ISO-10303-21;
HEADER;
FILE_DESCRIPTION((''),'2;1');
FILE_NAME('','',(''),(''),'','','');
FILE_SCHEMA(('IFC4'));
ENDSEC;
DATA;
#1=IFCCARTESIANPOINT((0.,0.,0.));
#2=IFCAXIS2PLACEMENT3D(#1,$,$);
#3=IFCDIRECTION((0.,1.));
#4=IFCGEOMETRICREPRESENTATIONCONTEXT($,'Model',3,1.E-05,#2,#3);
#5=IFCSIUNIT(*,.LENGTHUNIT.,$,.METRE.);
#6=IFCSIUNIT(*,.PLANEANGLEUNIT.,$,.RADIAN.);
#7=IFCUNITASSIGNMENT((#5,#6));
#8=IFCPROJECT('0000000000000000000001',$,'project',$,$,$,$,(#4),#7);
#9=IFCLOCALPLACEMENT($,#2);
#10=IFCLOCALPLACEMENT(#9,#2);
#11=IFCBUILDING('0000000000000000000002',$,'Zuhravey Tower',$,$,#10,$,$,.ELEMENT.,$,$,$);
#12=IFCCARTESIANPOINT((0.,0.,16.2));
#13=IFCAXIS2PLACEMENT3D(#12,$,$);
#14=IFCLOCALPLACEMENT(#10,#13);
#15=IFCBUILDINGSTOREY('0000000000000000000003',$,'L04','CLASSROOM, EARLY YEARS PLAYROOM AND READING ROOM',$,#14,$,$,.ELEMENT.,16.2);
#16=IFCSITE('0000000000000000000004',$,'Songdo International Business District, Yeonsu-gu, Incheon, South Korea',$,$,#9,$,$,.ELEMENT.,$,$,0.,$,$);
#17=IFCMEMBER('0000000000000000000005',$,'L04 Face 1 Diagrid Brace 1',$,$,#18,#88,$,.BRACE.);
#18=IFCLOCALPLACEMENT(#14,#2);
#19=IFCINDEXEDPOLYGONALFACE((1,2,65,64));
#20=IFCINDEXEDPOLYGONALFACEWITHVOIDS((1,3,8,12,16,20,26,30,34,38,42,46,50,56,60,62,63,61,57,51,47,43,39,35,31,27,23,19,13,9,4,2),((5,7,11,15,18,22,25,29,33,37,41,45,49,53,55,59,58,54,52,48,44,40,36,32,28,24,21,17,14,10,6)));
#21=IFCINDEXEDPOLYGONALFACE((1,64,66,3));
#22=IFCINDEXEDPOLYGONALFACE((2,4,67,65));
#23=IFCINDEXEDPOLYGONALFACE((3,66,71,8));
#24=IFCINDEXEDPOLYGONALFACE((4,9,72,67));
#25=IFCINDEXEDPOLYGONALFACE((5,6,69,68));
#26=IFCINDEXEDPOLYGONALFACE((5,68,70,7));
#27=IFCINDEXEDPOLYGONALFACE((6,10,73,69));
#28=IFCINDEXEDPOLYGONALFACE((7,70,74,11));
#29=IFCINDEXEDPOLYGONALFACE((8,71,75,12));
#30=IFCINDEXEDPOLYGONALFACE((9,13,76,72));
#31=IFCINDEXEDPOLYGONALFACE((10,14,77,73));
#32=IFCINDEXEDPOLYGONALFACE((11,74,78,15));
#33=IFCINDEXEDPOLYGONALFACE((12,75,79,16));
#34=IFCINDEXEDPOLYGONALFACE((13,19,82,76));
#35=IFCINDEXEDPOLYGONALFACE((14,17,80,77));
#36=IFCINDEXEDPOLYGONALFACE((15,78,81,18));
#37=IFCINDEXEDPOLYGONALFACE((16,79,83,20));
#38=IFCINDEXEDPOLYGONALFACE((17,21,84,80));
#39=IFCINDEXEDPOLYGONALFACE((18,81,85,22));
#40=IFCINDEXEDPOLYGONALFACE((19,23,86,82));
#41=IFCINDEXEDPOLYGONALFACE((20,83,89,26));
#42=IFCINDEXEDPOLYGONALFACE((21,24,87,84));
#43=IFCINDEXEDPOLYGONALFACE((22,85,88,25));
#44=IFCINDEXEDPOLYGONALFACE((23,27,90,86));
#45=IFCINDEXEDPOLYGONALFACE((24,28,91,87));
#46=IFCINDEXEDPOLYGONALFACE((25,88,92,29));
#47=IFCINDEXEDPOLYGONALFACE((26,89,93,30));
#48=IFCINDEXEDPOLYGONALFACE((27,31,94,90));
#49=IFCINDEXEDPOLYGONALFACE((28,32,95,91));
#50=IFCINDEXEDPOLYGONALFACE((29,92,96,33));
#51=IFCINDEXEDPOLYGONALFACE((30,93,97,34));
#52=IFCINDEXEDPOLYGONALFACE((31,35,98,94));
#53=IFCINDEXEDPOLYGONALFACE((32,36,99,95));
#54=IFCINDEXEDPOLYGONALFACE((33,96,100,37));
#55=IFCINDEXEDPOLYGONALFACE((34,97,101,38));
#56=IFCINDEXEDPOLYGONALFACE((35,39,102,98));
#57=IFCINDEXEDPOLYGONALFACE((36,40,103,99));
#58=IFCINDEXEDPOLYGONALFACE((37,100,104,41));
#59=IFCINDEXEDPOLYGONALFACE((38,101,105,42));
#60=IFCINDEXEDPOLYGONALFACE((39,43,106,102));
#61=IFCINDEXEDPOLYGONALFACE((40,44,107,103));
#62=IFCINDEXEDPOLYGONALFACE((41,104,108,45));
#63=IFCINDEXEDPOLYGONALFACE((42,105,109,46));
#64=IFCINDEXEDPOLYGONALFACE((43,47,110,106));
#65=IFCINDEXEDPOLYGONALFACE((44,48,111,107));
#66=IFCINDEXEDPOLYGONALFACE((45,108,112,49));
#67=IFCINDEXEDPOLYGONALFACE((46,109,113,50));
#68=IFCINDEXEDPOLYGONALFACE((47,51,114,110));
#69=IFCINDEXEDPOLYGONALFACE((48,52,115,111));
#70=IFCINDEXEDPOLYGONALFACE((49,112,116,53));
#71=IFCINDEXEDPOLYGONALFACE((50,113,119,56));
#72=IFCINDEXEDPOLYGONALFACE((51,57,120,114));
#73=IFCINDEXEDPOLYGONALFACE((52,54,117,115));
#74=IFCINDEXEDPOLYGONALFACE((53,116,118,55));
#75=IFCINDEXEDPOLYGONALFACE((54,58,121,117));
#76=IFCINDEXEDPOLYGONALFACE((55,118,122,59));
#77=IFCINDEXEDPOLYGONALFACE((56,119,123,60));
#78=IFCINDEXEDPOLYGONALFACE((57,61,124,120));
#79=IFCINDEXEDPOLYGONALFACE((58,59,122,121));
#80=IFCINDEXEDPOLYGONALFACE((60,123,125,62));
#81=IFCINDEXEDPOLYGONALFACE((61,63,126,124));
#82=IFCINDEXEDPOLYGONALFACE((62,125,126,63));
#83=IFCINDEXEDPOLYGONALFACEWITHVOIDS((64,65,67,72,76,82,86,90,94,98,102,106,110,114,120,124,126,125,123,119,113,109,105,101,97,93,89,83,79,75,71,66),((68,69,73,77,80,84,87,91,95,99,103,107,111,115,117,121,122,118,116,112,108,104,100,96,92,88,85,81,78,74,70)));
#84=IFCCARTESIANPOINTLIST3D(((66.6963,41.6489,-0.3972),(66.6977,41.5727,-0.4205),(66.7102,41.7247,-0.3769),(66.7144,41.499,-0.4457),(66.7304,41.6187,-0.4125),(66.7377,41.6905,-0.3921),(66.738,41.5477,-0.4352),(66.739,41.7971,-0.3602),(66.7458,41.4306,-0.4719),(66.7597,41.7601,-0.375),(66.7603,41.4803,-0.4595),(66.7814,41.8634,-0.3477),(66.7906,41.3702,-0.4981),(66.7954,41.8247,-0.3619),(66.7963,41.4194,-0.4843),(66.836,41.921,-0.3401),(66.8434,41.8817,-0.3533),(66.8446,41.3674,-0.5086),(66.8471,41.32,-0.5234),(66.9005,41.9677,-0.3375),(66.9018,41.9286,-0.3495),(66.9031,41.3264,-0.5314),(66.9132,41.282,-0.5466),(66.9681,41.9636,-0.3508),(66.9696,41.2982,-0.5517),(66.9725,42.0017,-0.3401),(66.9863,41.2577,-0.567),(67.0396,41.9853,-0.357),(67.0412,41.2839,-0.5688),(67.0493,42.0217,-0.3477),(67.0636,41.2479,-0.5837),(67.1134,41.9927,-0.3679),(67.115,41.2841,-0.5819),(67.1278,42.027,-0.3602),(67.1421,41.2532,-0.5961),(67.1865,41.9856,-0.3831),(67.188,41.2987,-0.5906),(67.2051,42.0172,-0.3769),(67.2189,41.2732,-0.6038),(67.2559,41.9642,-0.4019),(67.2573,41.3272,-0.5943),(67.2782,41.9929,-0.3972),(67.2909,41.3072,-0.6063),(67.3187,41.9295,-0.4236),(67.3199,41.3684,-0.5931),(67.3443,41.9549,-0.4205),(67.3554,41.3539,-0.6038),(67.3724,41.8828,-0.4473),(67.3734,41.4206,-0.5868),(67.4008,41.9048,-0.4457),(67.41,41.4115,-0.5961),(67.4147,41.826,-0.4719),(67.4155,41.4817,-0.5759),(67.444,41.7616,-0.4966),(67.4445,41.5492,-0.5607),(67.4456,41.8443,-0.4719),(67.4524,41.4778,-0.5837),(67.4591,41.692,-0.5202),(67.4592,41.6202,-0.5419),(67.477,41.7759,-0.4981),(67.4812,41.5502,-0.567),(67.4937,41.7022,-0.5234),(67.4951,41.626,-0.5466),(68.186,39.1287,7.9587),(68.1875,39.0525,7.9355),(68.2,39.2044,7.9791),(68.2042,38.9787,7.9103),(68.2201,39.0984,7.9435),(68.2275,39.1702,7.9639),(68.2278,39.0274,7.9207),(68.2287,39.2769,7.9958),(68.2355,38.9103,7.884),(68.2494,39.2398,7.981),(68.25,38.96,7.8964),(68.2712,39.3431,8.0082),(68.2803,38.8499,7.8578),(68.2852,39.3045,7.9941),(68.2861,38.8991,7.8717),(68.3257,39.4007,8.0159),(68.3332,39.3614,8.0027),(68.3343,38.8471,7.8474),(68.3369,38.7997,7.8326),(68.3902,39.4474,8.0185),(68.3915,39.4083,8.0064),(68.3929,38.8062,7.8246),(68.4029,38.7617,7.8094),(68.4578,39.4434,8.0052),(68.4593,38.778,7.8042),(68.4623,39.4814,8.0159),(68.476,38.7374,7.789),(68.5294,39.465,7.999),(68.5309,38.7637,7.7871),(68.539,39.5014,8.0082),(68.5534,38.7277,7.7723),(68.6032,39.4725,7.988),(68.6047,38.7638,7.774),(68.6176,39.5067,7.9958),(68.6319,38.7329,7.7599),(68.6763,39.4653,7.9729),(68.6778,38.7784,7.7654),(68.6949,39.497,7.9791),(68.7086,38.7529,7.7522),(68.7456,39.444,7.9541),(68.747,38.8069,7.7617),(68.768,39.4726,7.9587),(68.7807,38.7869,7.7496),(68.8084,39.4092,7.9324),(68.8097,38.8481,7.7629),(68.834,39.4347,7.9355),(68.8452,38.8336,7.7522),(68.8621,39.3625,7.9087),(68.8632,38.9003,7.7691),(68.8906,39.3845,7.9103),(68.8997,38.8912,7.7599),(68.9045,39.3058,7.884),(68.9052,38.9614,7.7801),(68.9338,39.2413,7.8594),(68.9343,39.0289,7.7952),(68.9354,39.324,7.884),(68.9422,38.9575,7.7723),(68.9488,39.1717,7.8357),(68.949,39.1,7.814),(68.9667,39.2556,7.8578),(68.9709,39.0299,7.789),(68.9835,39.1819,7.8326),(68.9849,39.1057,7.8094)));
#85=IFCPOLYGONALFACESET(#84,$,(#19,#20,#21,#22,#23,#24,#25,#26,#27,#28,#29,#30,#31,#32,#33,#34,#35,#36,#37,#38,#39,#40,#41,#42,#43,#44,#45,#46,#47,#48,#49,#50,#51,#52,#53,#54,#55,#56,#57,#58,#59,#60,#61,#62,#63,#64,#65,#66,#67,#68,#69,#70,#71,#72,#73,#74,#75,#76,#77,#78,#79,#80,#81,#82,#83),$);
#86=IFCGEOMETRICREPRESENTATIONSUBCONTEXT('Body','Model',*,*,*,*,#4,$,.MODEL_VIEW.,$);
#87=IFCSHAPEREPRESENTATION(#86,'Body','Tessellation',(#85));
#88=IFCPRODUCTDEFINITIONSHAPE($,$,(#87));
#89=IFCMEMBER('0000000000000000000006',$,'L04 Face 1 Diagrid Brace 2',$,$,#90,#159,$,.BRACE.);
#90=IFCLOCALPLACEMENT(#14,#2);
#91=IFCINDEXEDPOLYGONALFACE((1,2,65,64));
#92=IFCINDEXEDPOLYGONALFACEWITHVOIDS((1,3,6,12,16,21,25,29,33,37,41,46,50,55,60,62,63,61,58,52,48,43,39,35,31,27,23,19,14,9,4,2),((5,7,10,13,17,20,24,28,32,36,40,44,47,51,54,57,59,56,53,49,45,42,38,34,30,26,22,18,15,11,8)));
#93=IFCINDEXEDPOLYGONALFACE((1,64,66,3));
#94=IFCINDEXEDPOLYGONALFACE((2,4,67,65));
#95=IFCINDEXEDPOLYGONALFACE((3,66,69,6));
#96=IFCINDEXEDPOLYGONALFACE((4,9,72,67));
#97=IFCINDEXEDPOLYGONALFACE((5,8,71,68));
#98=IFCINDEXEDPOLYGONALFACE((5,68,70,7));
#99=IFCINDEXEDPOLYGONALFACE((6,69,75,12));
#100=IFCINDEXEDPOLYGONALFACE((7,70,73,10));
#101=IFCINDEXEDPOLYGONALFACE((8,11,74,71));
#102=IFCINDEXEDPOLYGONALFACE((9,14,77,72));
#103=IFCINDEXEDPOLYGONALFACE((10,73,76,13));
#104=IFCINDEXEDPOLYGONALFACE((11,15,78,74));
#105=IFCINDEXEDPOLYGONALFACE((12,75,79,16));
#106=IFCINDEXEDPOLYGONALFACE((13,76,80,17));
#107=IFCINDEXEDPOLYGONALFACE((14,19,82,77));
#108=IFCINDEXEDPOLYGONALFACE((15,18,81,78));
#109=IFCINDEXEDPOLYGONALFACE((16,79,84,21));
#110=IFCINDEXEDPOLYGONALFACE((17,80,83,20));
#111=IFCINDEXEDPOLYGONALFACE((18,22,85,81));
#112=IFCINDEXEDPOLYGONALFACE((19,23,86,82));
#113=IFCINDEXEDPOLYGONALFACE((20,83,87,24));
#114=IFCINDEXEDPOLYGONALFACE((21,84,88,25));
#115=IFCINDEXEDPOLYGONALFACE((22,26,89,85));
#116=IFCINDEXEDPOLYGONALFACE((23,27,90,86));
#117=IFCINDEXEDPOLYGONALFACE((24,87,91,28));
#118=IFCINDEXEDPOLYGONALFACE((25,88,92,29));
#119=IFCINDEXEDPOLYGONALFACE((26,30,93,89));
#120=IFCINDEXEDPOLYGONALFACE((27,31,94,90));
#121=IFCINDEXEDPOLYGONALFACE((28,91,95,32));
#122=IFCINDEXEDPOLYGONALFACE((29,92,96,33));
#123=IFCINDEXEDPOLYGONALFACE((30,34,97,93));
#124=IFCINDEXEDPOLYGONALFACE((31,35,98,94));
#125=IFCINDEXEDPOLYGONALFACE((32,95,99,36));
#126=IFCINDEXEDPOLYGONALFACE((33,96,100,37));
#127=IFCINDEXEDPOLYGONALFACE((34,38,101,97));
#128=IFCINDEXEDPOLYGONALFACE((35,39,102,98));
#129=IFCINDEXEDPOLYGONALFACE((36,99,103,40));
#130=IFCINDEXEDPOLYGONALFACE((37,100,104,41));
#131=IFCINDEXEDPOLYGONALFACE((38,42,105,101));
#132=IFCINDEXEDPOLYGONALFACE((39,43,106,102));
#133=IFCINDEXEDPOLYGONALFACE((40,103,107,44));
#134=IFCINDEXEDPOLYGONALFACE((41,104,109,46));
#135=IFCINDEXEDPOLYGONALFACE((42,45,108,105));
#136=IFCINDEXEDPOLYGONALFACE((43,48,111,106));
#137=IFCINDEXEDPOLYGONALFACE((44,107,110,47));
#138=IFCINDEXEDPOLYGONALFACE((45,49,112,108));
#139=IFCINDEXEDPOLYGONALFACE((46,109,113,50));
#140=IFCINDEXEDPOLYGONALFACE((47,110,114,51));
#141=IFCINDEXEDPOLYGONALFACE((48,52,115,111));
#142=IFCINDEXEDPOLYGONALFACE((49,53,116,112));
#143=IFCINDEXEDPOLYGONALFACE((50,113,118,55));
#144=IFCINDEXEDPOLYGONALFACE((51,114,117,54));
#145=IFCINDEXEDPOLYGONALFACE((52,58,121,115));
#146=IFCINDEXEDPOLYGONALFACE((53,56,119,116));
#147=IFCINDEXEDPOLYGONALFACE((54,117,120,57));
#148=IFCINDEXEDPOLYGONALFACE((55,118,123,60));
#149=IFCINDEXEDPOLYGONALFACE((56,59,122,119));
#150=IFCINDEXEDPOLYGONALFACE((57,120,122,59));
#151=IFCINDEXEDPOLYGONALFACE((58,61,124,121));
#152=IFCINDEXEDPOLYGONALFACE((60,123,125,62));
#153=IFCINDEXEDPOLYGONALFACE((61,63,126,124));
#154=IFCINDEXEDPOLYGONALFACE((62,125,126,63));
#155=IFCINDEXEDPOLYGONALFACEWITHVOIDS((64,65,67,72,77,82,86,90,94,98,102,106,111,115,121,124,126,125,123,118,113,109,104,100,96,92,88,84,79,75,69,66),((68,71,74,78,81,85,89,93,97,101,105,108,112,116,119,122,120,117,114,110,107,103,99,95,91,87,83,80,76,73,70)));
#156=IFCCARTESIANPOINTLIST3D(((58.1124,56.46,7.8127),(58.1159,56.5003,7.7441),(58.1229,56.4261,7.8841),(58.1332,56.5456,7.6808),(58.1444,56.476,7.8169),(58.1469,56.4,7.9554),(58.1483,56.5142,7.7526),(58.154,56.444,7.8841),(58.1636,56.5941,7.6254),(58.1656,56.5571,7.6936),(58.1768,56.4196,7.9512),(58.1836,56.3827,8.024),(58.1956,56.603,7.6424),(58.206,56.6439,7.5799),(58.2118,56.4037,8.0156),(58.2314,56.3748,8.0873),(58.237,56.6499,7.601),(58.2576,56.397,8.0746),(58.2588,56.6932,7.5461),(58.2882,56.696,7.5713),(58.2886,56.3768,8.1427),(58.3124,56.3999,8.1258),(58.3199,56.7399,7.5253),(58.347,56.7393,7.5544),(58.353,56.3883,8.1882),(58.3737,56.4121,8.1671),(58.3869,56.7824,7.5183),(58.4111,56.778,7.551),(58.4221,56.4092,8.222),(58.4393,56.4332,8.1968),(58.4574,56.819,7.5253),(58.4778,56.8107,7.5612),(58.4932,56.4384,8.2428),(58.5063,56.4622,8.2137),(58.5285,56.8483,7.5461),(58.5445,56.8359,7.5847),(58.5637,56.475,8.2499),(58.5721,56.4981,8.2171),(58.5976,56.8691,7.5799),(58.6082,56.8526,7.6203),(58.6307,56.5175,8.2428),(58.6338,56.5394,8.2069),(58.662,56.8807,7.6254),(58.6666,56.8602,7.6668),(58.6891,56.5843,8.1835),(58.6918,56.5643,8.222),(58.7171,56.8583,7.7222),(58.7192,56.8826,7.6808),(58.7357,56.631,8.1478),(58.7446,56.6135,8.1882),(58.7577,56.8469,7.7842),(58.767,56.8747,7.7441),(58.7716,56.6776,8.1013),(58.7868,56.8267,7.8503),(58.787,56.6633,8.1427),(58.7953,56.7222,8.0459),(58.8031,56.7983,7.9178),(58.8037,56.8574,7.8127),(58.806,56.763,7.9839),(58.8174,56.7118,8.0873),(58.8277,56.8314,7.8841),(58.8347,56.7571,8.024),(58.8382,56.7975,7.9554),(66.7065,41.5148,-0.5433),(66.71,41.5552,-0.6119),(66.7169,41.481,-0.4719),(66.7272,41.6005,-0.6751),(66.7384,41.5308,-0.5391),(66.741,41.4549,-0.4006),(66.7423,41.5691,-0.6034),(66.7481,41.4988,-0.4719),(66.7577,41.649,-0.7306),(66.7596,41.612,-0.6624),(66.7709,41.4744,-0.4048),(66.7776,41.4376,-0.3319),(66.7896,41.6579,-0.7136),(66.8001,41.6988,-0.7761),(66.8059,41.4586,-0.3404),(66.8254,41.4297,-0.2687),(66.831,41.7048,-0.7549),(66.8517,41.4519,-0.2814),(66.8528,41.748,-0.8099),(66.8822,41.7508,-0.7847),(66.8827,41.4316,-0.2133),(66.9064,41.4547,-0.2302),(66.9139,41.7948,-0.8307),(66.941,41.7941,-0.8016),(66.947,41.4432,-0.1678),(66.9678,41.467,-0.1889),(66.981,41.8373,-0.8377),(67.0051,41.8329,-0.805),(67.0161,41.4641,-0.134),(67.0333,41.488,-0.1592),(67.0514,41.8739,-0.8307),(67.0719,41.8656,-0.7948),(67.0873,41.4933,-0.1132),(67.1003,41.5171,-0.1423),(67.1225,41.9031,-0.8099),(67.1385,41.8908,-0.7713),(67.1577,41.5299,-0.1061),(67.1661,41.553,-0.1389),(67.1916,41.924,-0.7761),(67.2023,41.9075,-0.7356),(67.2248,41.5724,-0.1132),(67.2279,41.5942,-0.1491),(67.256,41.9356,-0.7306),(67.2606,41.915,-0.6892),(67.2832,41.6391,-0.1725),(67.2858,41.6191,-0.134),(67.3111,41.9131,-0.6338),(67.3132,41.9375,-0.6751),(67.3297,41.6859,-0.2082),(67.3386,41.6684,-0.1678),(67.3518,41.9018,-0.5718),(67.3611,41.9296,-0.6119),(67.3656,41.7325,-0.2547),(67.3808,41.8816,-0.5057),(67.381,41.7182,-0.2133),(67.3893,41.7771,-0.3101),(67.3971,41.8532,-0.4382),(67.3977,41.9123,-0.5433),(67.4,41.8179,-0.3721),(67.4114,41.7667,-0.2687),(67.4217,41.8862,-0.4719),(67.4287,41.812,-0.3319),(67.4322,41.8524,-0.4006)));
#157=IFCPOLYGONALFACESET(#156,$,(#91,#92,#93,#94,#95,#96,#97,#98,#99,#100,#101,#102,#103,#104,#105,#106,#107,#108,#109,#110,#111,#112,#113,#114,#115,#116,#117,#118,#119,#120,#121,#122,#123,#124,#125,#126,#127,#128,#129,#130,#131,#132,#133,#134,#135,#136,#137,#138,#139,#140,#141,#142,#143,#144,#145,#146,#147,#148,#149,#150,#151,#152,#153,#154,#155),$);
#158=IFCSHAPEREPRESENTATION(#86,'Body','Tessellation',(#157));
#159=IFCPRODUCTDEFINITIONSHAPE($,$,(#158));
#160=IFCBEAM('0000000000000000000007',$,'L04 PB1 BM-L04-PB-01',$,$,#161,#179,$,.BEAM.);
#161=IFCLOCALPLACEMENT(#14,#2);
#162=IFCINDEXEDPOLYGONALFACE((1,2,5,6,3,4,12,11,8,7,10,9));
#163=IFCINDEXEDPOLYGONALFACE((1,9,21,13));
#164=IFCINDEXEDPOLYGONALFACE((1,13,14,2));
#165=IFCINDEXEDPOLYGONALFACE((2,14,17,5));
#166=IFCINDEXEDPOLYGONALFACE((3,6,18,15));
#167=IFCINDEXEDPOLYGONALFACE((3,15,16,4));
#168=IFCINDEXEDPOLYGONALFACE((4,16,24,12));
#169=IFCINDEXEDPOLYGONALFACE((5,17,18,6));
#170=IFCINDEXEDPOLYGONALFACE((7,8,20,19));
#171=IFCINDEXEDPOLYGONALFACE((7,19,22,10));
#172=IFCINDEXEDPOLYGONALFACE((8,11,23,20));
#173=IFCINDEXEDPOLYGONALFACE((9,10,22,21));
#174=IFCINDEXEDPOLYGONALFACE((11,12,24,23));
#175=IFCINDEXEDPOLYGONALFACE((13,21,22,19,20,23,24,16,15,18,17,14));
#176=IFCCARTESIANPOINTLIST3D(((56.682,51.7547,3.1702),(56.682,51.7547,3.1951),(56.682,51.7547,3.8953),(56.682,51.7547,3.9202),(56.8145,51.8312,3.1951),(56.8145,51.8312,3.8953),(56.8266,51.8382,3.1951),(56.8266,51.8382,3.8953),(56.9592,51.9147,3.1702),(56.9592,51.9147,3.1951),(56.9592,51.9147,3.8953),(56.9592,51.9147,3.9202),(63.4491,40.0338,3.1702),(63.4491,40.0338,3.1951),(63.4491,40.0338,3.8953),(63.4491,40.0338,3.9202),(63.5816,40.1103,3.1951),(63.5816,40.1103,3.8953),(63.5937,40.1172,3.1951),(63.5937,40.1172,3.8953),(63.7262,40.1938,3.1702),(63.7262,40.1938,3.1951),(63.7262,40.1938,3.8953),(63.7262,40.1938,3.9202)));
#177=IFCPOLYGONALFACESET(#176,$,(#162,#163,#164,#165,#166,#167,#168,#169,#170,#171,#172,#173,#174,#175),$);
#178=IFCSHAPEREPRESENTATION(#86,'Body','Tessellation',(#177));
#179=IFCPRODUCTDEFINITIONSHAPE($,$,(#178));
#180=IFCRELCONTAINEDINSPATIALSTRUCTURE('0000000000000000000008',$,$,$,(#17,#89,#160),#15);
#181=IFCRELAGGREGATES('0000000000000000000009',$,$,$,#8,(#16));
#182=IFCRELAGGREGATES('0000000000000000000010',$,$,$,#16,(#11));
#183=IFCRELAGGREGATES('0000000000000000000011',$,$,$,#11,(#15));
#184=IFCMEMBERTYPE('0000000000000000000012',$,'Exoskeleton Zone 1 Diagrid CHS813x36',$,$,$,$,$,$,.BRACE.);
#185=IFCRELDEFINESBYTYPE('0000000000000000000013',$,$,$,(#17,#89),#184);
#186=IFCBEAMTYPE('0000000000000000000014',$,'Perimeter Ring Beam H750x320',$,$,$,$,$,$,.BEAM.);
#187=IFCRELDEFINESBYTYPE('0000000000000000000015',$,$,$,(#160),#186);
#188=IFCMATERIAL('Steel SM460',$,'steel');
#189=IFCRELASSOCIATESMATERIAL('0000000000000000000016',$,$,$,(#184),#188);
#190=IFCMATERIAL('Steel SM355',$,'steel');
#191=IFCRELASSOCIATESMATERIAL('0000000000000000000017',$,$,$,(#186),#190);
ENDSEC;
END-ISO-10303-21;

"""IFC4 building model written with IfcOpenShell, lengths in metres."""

from ifc_helpers import new_model, si_unit, direction, frame, origin, origin_2d, place, context, subcontext, project, spatial, hollow_circle, i_section, extrude, material, material_profile, profile_set, type_object, element, save


model = new_model("IFC4")

# Units and contexts
model_context = context("Model", 3, precision=1e-05, world=origin(), true_north=direction((0.0, 1.0)))
body_context = subcontext(model_context, "Body", "Model", "MODEL_VIEW")
ifc_project = project(units=[si_unit("LENGTHUNIT", "METRE"), si_unit("PLANEANGLEUNIT", "RADIAN")], contexts=[model_context])

# Site, building, storey
site_placement = place(None, origin())
site = spatial("IfcSite", under=ifc_project, at=site_placement, Name="Songdo International Business District, Yeonsu-gu, Incheon, South Korea", CompositionType="ELEMENT", RefElevation=0.0)
building_placement = place(site_placement, origin())
building = spatial("IfcBuilding", under=site, at=building_placement, Name="Zuhravey Tower", CompositionType="ELEMENT")
storey_placement = place(building_placement, frame((0.0, 0.0, 16.2)))
storey = spatial("IfcBuildingStorey", under=building, at=storey_placement, Name="L04", Description="CLASSROOM, EARLY YEARS PLAYROOM AND READING ROOM", CompositionType="ELEMENT", Elevation=16.2)

# Members
ifc_material_1 = material(Name="Steel SM355", Category="steel")
ifc_material_2 = material(Name="Steel SM460", Category="steel")
ifc_material_profile_1 = material_profile(ifc_material_2, hollow_circle(Radius=0.4065, WallThickness=0.0359, at=origin_2d()), Name="CHS-812.8x36")
ifc_profile_set_1 = profile_set([ifc_material_profile_1], Name="Steel SM460")
member_type_1 = type_object("IfcMemberType", Name="Exoskeleton Zone 1 Diagrid CHS813x36", PredefinedType="BRACE", material=ifc_profile_set_1)
member_1_placement = place(storey_placement, frame((67.0957, 41.6375, -0.4719), z_axis=(0.168257, -0.284647, 0.943751), x_axis=(0.860852, 0.508856, 0.0)))
element("IfcMember", 1, at=member_1_placement, inside=storey, type_object=member_type_1, Name="L04 Face 1 Diagrid Brace 1", PredefinedType="BRACE", context=body_context, shape_type="SweptSolid", body=[
    extrude(hollow_circle(Radius=0.4065, WallThickness=0.0359, at=origin_2d()), origin(), (0.0, 0.0, 1.0), 8.854),
])
member_2_placement = place(storey_placement, frame((67.0693, 41.6836, -0.4719), z_axis=(-0.448582, 0.78009, 0.436157), x_axis=(-0.866892, -0.498496, 0.0)))
element("IfcMember", 2, at=member_2_placement, inside=storey, type_object=member_type_1, Name="L04 Face 1 Diagrid Brace 2", PredefinedType="BRACE", context=body_context, shape_type="SweptSolid", body=[
    extrude(hollow_circle(Radius=0.4065, WallThickness=0.0359, at=origin_2d()), origin(), (0.0, 0.0, 1.0), 19.1582),
])

# Beam
ifc_material_profile_2 = material_profile(ifc_material_1, i_section(OverallWidth=0.3201, OverallDepth=0.75, WebThickness=0.0139, FlangeThickness=0.0249, at=origin_2d()), Name="H-750x320x14x25")
ifc_profile_set_2 = profile_set([ifc_material_profile_2], Name="Steel SM355")
beam_type_1 = type_object("IfcBeamType", Name="Perimeter Ring Beam H750x320", PredefinedType="BEAM", material=ifc_profile_set_2)
beam_1_placement = place(storey_placement, frame((63.5876, 40.1138, 3.5452), z_axis=(-0.5, 0.866025, 0.0), x_axis=(-0.866025, -0.5, 0.0)))
element("IfcBeam", 3, at=beam_1_placement, inside=storey, type_object=beam_type_1, Name="L04 PB1 BM-L04-PB-01", PredefinedType="BEAM", context=body_context, shape_type="SweptSolid", body=[
    extrude(i_section(OverallWidth=0.3201, OverallDepth=0.75, WebThickness=0.0139, FlangeThickness=0.0249, at=origin_2d()), origin(), (0.0, 0.0, 1.0), 13.5342),
])

save(model, "model.ifc")
